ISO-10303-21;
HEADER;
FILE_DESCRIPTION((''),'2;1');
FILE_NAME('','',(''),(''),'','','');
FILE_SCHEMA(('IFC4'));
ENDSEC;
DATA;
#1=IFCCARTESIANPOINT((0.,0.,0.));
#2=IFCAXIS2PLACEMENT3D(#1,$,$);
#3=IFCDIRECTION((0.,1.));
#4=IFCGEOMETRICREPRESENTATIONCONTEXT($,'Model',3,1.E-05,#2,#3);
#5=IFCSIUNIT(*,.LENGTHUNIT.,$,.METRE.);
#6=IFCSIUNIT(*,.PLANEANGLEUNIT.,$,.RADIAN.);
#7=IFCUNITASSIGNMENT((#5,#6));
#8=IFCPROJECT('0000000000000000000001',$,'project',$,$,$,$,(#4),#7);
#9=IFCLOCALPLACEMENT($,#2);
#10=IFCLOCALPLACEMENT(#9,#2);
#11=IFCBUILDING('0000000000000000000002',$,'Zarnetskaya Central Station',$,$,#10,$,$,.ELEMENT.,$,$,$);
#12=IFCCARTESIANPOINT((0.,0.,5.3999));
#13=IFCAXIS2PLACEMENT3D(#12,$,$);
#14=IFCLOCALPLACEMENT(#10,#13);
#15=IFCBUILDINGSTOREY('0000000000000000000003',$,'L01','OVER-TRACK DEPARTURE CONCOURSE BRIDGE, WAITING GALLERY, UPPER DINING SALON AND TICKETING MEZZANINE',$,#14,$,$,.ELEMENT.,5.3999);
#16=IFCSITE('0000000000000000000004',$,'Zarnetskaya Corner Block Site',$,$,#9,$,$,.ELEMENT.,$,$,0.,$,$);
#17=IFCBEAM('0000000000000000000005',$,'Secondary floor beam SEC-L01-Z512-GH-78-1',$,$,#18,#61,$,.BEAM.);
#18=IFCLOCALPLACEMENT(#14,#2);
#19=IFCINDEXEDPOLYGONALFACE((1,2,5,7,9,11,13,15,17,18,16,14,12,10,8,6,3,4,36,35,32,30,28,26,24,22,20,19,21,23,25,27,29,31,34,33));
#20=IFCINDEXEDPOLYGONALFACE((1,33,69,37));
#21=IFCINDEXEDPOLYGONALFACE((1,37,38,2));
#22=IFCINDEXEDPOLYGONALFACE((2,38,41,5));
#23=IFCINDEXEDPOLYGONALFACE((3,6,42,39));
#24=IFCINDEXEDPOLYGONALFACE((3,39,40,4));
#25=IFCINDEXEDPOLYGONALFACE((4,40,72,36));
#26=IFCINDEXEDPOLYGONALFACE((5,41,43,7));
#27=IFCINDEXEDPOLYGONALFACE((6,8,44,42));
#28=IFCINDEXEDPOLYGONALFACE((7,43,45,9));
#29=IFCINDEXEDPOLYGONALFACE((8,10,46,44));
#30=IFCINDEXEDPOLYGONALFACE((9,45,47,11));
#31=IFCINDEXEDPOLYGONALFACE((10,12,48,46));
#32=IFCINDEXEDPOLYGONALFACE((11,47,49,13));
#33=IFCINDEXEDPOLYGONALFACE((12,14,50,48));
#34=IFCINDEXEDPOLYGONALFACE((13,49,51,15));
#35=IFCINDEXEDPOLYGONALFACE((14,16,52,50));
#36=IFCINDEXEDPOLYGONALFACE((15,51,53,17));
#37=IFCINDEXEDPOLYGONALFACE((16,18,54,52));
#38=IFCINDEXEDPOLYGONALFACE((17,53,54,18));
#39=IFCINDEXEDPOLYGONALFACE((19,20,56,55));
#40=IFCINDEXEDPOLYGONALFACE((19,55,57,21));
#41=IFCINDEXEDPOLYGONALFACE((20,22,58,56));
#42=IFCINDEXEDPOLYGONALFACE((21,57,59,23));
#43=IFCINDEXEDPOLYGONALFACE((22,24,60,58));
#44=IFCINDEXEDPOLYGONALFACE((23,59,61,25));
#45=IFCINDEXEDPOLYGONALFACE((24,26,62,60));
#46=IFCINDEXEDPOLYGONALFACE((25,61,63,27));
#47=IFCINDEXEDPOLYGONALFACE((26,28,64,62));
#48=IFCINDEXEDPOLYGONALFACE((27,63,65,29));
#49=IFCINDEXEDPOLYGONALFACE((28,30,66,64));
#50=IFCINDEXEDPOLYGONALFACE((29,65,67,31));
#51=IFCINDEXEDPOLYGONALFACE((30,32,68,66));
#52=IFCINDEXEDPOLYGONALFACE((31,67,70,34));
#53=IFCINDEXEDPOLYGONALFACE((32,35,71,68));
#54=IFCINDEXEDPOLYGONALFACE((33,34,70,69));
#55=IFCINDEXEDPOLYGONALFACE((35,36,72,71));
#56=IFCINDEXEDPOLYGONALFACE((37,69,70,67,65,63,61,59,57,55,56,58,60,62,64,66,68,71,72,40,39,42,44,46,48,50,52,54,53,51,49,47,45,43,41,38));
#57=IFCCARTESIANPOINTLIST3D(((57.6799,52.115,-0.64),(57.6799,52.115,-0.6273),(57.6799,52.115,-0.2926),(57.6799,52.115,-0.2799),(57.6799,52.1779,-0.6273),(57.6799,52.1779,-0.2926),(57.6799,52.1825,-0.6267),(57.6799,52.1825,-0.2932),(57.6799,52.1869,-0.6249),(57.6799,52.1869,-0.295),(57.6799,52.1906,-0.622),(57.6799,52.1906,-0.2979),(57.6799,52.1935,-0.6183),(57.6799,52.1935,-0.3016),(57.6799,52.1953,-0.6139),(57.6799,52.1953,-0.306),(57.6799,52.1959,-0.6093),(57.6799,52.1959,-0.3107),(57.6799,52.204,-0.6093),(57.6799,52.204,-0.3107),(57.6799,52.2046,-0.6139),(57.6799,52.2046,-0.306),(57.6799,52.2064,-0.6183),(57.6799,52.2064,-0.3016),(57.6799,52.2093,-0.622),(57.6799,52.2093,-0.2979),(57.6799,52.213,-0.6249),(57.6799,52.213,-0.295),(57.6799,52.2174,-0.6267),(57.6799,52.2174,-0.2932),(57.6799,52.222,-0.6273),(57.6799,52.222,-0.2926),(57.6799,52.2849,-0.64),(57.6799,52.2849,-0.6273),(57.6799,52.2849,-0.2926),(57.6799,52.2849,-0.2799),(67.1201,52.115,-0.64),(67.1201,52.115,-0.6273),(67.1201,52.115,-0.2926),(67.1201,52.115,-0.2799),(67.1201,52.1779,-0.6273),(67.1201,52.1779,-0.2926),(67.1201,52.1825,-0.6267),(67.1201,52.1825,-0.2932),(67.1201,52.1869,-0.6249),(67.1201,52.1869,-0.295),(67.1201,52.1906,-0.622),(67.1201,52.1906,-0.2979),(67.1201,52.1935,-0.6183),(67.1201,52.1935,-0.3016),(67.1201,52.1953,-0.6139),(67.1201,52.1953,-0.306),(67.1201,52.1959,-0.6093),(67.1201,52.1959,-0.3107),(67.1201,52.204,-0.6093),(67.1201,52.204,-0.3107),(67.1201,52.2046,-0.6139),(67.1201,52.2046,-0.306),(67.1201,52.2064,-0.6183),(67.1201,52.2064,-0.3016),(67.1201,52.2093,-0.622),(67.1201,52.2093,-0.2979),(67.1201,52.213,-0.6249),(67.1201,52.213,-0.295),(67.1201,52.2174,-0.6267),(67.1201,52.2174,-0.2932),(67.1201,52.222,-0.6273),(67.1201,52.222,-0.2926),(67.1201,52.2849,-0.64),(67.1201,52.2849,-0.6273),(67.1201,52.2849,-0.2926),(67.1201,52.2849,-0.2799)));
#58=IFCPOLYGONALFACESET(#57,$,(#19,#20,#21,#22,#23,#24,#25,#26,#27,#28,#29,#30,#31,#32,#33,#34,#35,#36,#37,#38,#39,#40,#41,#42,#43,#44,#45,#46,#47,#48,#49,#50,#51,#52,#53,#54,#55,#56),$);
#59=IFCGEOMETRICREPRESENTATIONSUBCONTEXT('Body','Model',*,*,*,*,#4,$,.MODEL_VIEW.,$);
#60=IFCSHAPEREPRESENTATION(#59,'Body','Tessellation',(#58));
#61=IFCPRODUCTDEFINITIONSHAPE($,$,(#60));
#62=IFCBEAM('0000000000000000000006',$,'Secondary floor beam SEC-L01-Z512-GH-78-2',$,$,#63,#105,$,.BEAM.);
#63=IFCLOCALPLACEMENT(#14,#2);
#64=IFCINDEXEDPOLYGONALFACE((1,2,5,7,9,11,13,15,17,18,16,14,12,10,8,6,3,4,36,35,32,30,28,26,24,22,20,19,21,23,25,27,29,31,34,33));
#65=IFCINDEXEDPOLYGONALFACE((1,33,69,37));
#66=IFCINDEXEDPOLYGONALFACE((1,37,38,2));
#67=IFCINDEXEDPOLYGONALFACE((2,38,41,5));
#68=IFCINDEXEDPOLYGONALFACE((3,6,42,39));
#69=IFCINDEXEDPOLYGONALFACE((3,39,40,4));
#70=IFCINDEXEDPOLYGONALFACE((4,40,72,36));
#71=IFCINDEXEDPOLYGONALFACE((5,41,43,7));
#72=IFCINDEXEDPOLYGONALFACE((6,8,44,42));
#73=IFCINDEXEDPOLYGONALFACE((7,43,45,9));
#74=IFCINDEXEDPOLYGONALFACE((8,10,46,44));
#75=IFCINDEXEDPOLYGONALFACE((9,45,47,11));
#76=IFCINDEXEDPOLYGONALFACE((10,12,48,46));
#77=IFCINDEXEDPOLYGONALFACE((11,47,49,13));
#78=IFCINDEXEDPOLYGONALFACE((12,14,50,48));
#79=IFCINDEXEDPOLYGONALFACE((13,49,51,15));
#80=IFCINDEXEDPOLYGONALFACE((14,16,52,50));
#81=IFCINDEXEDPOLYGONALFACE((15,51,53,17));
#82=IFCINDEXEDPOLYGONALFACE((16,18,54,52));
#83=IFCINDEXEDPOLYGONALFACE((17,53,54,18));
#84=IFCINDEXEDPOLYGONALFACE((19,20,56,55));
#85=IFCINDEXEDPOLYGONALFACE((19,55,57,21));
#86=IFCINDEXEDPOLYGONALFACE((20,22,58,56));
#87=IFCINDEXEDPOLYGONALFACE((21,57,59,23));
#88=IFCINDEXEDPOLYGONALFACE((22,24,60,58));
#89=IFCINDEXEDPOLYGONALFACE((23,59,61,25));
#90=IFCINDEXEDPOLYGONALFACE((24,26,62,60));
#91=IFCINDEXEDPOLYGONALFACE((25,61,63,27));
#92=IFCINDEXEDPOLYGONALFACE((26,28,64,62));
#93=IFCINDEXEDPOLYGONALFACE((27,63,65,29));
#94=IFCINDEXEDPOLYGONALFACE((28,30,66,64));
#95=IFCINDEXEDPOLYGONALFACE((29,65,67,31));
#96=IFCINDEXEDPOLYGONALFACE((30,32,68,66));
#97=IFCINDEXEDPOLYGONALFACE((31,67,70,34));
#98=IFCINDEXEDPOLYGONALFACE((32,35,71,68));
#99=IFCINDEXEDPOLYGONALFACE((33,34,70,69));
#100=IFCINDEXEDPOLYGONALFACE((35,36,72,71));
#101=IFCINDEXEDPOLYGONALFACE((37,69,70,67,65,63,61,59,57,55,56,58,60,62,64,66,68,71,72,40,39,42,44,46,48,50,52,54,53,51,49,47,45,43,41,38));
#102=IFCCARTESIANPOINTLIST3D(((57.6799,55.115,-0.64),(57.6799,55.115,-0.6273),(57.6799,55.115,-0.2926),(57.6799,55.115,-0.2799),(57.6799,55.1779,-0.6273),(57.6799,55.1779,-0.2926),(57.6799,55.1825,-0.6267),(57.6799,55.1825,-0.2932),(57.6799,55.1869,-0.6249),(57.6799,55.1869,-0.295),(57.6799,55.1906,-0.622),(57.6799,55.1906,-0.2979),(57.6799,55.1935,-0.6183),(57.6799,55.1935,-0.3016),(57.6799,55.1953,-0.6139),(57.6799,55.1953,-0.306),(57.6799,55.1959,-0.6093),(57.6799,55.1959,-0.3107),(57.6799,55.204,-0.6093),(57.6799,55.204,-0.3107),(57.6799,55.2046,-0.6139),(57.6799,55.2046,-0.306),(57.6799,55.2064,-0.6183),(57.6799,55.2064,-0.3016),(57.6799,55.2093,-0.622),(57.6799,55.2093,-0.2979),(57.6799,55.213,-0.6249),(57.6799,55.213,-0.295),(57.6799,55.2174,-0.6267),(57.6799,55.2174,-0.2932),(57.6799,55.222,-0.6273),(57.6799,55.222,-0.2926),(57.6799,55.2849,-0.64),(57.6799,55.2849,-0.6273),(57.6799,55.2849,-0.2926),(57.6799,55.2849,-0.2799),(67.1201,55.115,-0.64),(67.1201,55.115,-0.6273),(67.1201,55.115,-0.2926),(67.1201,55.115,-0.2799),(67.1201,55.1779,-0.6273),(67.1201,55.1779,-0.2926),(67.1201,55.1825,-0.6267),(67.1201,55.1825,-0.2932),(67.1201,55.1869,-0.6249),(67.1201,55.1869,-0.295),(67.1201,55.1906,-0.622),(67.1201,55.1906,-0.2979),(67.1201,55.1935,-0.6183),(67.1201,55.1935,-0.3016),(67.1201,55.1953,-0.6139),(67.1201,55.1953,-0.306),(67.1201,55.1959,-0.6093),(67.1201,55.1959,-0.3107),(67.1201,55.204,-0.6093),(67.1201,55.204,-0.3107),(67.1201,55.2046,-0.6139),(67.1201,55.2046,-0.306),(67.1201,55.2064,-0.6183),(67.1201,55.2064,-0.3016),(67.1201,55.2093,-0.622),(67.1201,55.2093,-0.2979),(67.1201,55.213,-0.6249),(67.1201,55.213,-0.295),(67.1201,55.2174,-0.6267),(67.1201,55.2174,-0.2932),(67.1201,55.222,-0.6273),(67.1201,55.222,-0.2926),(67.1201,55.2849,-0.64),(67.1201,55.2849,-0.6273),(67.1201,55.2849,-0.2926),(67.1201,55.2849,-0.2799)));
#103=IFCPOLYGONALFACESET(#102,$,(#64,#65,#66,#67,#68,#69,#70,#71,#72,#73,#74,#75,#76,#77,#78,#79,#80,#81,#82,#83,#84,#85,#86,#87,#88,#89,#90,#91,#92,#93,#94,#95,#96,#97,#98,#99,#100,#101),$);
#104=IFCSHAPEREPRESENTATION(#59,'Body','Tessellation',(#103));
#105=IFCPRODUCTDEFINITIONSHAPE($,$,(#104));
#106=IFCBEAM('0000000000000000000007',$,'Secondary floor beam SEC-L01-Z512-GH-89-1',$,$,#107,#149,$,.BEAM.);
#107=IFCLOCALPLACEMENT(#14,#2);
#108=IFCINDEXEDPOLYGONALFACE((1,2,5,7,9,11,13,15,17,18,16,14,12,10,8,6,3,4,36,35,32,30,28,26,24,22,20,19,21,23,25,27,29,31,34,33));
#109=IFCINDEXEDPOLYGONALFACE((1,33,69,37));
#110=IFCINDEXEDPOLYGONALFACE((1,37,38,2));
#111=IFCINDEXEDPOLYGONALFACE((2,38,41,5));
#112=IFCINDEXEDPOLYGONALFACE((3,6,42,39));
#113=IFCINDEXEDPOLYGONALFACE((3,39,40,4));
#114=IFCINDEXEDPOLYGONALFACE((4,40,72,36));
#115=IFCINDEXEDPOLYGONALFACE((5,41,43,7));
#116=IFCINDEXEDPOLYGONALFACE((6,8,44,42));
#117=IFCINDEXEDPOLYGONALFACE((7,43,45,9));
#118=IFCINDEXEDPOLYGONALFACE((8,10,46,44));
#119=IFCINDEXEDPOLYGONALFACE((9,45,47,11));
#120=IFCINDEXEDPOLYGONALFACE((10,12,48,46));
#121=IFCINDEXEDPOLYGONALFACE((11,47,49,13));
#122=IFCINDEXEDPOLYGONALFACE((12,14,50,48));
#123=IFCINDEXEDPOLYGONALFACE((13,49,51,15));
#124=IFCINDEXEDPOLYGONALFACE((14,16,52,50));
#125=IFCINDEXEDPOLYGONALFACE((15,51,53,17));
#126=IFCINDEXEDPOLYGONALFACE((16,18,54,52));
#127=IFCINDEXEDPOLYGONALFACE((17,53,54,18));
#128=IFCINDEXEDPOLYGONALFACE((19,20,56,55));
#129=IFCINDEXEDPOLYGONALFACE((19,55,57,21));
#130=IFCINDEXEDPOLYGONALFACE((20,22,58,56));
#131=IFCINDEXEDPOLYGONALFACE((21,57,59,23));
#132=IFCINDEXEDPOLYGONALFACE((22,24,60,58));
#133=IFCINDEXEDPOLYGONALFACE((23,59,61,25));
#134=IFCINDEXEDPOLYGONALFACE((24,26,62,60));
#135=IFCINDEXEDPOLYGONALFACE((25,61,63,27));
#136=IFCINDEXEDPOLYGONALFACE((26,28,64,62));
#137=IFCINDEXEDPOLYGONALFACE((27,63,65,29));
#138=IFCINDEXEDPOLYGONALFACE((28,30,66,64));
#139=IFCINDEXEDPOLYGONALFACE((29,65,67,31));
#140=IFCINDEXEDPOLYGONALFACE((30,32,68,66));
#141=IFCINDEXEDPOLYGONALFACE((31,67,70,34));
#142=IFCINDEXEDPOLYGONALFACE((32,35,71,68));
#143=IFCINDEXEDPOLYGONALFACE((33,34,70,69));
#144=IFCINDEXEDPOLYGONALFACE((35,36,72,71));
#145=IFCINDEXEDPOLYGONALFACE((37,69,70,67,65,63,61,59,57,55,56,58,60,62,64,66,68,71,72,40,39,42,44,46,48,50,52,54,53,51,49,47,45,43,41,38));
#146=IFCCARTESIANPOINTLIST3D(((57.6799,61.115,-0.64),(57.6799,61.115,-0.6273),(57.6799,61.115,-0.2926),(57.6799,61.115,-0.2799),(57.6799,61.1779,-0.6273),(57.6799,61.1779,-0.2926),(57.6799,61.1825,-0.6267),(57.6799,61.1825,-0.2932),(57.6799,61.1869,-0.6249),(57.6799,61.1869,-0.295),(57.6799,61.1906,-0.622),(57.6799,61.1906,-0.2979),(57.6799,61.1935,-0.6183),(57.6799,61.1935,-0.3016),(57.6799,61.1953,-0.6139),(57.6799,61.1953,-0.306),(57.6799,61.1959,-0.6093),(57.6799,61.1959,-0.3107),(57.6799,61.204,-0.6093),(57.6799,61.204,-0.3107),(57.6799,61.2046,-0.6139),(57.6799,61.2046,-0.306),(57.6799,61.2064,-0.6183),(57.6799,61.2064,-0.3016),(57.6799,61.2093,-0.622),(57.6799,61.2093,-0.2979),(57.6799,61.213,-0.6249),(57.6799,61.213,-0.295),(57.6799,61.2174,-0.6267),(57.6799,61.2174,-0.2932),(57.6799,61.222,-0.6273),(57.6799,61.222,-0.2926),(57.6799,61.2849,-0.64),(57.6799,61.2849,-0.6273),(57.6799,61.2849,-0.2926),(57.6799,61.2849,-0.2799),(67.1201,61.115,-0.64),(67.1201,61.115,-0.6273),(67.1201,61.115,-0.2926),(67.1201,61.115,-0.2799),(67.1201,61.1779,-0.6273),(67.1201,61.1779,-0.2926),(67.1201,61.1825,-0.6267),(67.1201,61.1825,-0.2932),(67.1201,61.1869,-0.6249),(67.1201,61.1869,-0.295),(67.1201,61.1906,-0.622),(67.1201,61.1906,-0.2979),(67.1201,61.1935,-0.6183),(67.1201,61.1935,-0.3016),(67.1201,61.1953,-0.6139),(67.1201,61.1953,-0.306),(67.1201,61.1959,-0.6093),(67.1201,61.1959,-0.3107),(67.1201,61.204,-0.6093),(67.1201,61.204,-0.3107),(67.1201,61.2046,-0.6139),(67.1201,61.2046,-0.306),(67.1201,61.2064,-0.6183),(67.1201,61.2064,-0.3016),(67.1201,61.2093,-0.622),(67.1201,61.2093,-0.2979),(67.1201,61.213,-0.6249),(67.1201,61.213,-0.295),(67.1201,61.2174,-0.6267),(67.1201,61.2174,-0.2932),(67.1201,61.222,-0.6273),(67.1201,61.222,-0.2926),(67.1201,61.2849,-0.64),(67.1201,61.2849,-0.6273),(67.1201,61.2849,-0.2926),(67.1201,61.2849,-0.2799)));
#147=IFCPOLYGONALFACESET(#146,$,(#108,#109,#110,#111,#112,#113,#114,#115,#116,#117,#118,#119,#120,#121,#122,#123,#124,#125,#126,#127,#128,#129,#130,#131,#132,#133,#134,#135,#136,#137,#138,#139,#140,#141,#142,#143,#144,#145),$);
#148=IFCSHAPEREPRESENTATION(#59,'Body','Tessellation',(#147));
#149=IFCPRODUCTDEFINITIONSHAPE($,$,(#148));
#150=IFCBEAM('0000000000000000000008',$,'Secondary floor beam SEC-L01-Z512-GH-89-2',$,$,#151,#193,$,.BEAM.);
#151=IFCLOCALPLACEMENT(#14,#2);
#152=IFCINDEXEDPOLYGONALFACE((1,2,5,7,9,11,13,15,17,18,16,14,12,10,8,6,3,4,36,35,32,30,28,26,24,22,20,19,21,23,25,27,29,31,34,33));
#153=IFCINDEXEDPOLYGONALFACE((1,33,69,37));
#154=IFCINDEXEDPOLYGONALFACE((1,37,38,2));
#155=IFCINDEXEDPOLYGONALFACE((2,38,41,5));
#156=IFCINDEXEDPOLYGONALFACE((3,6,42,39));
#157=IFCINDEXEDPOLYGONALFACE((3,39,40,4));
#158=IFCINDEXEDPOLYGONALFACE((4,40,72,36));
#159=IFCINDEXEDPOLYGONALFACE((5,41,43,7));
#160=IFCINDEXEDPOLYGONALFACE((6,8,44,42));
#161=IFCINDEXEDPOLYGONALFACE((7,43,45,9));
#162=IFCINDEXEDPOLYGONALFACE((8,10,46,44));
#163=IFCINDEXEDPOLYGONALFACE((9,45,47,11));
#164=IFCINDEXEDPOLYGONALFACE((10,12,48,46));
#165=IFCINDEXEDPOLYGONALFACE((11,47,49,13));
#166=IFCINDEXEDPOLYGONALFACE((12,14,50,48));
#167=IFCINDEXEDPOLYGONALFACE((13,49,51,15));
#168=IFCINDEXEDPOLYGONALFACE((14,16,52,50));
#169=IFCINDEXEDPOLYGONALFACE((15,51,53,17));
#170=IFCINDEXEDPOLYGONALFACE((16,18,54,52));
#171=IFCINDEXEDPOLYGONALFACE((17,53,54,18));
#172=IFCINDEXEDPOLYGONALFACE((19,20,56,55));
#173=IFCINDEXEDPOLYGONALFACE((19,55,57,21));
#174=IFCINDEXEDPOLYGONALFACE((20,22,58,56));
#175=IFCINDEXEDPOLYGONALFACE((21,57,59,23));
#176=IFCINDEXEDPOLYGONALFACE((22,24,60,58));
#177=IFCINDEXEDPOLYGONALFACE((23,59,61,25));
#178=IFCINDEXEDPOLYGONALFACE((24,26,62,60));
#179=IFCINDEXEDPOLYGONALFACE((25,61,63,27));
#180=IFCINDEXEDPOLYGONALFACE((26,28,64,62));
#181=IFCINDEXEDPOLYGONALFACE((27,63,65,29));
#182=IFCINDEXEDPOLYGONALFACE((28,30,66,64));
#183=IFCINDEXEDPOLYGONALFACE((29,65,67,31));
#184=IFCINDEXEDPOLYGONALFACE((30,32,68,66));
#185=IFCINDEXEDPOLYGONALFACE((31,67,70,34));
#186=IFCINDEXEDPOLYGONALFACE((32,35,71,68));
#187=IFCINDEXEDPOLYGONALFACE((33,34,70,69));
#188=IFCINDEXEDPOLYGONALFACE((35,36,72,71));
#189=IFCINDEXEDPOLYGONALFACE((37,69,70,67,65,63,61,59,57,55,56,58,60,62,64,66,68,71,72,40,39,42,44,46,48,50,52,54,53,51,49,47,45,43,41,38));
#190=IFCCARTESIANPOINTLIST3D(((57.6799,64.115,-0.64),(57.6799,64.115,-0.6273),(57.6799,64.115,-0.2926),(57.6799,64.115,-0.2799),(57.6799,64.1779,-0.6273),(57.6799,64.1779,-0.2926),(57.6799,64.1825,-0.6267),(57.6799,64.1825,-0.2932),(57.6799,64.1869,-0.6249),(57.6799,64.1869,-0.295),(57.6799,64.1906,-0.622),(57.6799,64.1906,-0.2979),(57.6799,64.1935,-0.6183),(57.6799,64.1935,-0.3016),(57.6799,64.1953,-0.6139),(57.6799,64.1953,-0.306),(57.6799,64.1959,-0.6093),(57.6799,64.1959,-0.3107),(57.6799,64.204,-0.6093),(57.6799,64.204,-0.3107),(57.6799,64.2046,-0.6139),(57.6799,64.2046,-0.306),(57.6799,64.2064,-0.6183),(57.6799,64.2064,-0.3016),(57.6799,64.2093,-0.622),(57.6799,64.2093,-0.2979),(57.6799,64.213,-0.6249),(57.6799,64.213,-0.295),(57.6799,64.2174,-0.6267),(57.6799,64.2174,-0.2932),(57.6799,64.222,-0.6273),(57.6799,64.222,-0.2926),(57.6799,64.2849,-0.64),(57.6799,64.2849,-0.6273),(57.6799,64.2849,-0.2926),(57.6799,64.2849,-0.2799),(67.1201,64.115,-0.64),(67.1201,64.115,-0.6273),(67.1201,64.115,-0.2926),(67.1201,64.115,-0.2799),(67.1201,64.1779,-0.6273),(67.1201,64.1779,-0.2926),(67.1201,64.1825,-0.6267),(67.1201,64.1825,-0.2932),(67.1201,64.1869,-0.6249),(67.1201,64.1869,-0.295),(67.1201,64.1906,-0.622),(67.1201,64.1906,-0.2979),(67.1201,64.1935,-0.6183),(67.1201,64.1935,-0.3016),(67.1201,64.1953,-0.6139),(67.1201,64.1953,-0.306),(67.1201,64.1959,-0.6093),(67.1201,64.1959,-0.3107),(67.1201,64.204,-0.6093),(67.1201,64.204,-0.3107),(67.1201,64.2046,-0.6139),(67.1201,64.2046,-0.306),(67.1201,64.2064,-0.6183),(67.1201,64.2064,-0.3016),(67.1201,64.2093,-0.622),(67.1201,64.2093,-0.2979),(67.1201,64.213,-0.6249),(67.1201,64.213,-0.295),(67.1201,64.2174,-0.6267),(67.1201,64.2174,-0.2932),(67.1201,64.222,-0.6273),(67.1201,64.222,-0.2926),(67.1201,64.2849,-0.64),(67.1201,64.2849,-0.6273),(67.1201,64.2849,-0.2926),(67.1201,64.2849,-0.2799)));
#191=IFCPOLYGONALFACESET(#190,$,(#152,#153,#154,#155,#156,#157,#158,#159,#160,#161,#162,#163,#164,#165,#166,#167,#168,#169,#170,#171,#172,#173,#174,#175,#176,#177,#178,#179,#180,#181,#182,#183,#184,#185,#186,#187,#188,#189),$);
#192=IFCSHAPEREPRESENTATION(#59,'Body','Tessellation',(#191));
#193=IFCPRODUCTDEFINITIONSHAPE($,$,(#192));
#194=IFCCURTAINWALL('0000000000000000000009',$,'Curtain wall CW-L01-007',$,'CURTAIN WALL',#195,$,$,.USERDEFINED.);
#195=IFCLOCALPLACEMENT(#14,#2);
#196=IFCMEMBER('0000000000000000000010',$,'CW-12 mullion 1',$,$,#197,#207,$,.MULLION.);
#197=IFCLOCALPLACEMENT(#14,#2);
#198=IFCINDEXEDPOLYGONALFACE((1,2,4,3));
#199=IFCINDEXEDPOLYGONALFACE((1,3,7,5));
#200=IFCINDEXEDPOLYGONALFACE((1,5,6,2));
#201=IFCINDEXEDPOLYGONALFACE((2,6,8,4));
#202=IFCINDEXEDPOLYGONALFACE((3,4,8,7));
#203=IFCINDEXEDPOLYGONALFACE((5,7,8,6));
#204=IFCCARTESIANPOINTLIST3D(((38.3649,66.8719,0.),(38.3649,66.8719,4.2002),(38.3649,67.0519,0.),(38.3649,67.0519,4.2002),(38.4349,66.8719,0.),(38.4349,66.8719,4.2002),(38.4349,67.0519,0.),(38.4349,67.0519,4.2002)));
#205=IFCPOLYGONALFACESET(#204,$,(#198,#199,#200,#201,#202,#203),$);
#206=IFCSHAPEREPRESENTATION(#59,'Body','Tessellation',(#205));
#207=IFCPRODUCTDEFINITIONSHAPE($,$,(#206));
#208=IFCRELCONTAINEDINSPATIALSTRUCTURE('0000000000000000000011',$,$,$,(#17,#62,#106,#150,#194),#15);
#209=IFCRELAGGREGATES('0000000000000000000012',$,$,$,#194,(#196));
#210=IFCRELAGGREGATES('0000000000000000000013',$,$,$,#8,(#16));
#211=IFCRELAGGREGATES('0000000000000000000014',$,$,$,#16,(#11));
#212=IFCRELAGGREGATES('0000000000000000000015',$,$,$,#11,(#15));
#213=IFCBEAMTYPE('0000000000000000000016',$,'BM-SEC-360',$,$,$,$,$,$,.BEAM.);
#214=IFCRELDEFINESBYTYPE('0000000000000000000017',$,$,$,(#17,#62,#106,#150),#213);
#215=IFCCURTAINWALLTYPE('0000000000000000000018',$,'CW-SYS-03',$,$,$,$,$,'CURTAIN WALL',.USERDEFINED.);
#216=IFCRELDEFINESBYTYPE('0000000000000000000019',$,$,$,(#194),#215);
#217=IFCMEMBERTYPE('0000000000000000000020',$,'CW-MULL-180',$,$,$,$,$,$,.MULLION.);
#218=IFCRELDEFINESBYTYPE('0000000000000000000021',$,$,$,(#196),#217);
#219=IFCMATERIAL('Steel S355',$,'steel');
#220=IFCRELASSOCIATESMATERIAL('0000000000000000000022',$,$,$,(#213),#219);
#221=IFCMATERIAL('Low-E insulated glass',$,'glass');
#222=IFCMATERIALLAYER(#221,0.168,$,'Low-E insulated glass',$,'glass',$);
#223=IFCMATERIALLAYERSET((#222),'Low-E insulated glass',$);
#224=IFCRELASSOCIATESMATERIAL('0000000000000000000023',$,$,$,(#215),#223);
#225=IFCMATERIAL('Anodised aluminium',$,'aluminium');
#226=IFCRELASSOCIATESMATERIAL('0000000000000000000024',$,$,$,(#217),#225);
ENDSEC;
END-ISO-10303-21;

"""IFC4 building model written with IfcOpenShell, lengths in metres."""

from ifc_helpers import new_model, si_unit, direction, frame, origin, origin_2d, place, context, subcontext, project, spatial, rectangle, i_section, extrude, material, layer, layer_set, material_profile, profile_set, type_object, element, aggregate, save


model = new_model("IFC4")

# Units and contexts
model_context = context("Model", 3, precision=1e-05, world=origin(), true_north=direction((0.0, 1.0)))
body_context = subcontext(model_context, "Body", "Model", "MODEL_VIEW")
ifc_project = project(units=[si_unit("LENGTHUNIT", "METRE"), si_unit("PLANEANGLEUNIT", "RADIAN")], contexts=[model_context])

# Site, building, storey
site_placement = place(None, origin())
site = spatial("IfcSite", under=ifc_project, at=site_placement, Name="Zarnetskaya Corner Block Site", CompositionType="ELEMENT", RefElevation=0.0)
building_placement = place(site_placement, origin())
building = spatial("IfcBuilding", under=site, at=building_placement, Name="Zarnetskaya Central Station", CompositionType="ELEMENT")
storey_placement = place(building_placement, frame((0.0, 0.0, 5.3999)))
storey = spatial("IfcBuildingStorey", under=building, at=storey_placement, Name="L01", Description="OVER-TRACK DEPARTURE CONCOURSE BRIDGE, WAITING GALLERY, UPPER DINING SALON AND TICKETING MEZZANINE", CompositionType="ELEMENT", Elevation=5.3999)

# Shared definitions
ifc_material_1 = material(Name="Steel S355", Category="steel")

# Beams
ifc_material_profile_1 = material_profile(ifc_material_1, i_section(OverallWidth=0.1699, OverallDepth=0.3601, WebThickness=0.0081, FlangeThickness=0.0127, FilletRadius=0.0181, at=origin_2d()), Name="IPE 360")
ifc_profile_set_1 = profile_set([ifc_material_profile_1], Name="Steel S355")
beam_type_1 = type_object("IfcBeamType", Name="BM-SEC-360", PredefinedType="BEAM", material=ifc_profile_set_1)
for number, where, z_axis, x_axis, name in (
    (1, (57.6799, 52.2, -0.46), (1.0, 0.0, 0.0), (0.0, 1.0, 0.0), "Secondary floor beam SEC-L01-Z512-GH-78-1"),
    (2, (57.6799, 55.2, -0.46), (1.0, 0.0, 0.0), (0.0, 1.0, 0.0), "Secondary floor beam SEC-L01-Z512-GH-78-2"),
    (3, (57.6799, 61.2, -0.46), (1.0, 0.0, 0.0), (0.0, 1.0, 0.0), "Secondary floor beam SEC-L01-Z512-GH-89-1"),
    (4, (57.6799, 64.2, -0.46), (1.0, 0.0, 0.0), (0.0, 1.0, 0.0), "Secondary floor beam SEC-L01-Z512-GH-89-2"),
):
    element("IfcBeam", number, at=place(storey_placement, frame(where, z_axis=z_axis, x_axis=x_axis)), inside=storey, type_object=beam_type_1, Name=name, PredefinedType="BEAM", context=body_context, shape_type="SweptSolid", body=[
        extrude(i_section(OverallWidth=0.1699, OverallDepth=0.3601, WebThickness=0.0081, FlangeThickness=0.0127, FilletRadius=0.0181, at=origin_2d()), origin(), (0.0, 0.0, 1.0), 9.4402),
    ])

# Curtain wall, member
ifc_material_2 = material(Name="Low-E insulated glass", Category="glass")
ifc_layer_1 = layer(ifc_material_2, 0.168, Name="Low-E insulated glass", Category="glass")
ifc_layer_set_1 = layer_set([ifc_layer_1], Name="Low-E insulated glass")
curtain_wall_type_1 = type_object("IfcCurtainWallType", Name="CW-SYS-03", ElementType="CURTAIN WALL", PredefinedType="USERDEFINED", material=ifc_layer_set_1)
curtain_wall_1_placement = place(storey_placement, origin())
curtain_wall_1 = element("IfcCurtainWall", 5, at=curtain_wall_1_placement, inside=storey, type_object=curtain_wall_type_1, Name="Curtain wall CW-L01-007", ObjectType="CURTAIN WALL", PredefinedType="USERDEFINED")
ifc_material_3 = material(Name="Anodised aluminium", Category="aluminium")
ifc_material_profile_2 = material_profile(ifc_material_3, rectangle(XDim=0.0701, YDim=0.1799, at=origin_2d()), Name="ALU MULL 70x180")
ifc_profile_set_2 = profile_set([ifc_material_profile_2], Name="Anodised aluminium")
member_type_1 = type_object("IfcMemberType", Name="CW-MULL-180", PredefinedType="MULLION", material=ifc_profile_set_2)
member_1_placement = place(storey_placement, frame((38.3999, 66.9619, 0.0), z_axis=(0.0, 0.0, 1.0), x_axis=(1.0, 0.0, 0.0)))
member_1 = element("IfcMember", 6, at=member_1_placement, type_object=member_type_1, Name="CW-12 mullion 1", PredefinedType="MULLION", context=body_context, shape_type="SweptSolid", body=[
    extrude(rectangle(XDim=0.0701, YDim=0.1799, at=origin_2d()), origin(), (0.0, 0.0, 1.0), 4.2002),
])
aggregate(curtain_wall_1, [member_1])

save(model, "model.ifc")
